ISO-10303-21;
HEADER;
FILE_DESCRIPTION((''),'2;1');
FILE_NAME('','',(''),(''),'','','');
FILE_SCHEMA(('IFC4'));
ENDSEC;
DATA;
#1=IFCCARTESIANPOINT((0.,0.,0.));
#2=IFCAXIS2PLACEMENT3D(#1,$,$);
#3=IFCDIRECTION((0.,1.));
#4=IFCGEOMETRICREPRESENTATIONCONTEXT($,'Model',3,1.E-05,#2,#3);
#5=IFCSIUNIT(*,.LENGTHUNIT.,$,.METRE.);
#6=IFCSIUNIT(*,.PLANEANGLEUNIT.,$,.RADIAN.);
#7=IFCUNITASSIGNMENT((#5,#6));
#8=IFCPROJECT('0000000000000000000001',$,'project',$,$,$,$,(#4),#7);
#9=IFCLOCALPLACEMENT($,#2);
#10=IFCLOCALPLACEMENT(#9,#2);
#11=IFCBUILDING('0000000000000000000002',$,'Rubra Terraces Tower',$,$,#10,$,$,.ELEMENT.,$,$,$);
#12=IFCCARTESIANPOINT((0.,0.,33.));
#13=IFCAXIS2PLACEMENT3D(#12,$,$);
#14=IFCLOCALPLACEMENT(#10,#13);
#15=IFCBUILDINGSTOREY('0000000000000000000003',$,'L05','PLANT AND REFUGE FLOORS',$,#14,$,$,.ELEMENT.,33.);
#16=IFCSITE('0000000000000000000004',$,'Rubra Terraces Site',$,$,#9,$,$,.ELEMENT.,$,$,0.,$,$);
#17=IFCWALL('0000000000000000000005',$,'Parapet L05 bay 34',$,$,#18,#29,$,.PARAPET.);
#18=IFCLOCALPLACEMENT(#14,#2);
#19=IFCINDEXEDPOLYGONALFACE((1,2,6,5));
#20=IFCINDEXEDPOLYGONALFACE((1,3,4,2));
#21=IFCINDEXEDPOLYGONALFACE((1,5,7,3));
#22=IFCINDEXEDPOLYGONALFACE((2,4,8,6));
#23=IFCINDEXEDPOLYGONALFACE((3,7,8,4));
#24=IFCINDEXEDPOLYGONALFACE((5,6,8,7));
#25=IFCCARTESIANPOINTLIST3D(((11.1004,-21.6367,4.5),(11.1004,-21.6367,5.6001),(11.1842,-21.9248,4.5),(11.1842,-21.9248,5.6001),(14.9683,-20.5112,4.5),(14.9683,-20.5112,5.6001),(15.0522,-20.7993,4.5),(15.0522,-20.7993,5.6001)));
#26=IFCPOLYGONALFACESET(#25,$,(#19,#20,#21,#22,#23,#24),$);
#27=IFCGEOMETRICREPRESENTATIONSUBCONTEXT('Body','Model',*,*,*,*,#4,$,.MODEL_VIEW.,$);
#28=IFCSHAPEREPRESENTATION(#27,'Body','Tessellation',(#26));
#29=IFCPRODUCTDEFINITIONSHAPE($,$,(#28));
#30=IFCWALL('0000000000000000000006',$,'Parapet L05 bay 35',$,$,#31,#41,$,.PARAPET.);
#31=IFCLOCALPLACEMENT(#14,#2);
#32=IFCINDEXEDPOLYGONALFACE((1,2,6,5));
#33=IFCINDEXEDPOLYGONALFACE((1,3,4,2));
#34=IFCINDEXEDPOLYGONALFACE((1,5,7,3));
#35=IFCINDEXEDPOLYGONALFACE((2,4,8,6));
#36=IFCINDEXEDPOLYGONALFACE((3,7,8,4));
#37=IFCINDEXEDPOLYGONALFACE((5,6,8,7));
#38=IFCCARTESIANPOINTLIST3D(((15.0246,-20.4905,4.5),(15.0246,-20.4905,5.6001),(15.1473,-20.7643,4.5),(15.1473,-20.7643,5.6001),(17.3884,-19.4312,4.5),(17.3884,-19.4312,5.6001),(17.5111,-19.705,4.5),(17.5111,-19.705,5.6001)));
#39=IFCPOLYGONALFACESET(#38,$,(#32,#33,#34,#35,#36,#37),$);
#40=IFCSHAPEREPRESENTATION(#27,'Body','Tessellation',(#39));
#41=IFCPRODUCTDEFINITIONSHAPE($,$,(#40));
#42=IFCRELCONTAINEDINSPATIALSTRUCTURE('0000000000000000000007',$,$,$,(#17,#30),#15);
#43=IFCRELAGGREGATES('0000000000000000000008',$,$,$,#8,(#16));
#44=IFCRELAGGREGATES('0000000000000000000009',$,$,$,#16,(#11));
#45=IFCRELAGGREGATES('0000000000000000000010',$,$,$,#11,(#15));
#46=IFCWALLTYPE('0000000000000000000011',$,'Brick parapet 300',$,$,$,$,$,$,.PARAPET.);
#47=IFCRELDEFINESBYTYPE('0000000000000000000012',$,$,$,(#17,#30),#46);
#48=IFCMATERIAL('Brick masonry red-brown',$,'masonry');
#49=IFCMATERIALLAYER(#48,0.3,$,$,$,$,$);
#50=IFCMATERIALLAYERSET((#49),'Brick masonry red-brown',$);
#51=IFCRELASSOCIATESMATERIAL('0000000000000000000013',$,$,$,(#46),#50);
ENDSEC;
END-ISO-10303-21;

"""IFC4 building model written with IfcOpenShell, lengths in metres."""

from ifc_helpers import new_model, si_unit, direction, frame, frame_2d, origin, place, context, subcontext, project, spatial, rectangle, extrude, material, layer, layer_set, type_object, element, save


model = new_model("IFC4")

# Units and contexts
model_context = context("Model", 3, precision=1e-05, world=origin(), true_north=direction((0.0, 1.0)))
body_context = subcontext(model_context, "Body", "Model", "MODEL_VIEW")
ifc_project = project(units=[si_unit("LENGTHUNIT", "METRE"), si_unit("PLANEANGLEUNIT", "RADIAN")], contexts=[model_context])

# Site, building, storey
site_placement = place(None, origin())
site = spatial("IfcSite", under=ifc_project, at=site_placement, Name="Rubra Terraces Site", CompositionType="ELEMENT", RefElevation=0.0)
building_placement = place(site_placement, origin())
building = spatial("IfcBuilding", under=site, at=building_placement, Name="Rubra Terraces Tower", CompositionType="ELEMENT")
storey_placement = place(building_placement, frame((0.0, 0.0, 33.0)))
storey = spatial("IfcBuildingStorey", under=building, at=storey_placement, Name="L05", Description="PLANT AND REFUGE FLOORS", CompositionType="ELEMENT", Elevation=33.0)

# Shared definitions
ifc_material_1 = material(Name="Brick masonry red-brown", Category="masonry")

# Walls
ifc_layer_1 = layer(ifc_material_1, 0.3)
ifc_layer_set_1 = layer_set([ifc_layer_1], Name="Brick masonry red-brown")
wall_type_1 = type_object("IfcWallType", Name="Brick parapet 300", PredefinedType="PARAPET", material=ifc_layer_set_1)
wall_1_placement = place(storey_placement, frame((11.1423, -21.7808, 4.5), z_axis=(0.0, 0.0, 1.0), x_axis=(0.960177, 0.279393, 0.0)))
element("IfcWall", 1, at=wall_1_placement, inside=storey, type_object=wall_type_1, Name="Parapet L05 bay 34", PredefinedType="PARAPET", context=body_context, shape_type="SweptSolid", body=[
    extrude(rectangle(XDim=4.0283, YDim=0.3, at=frame_2d((2.0142, 0.0))), origin(), (0.0, 0.0, 1.0), 1.1001),
])
wall_2_placement = place(storey_placement, frame((15.0859, -20.6274, 4.5), z_axis=(0.0, 0.0, 1.0), x_axis=(0.912552, 0.408961, 0.0)))
element("IfcWall", 2, at=wall_2_placement, inside=storey, type_object=wall_type_1, Name="Parapet L05 bay 35", PredefinedType="PARAPET", context=body_context, shape_type="SweptSolid", body=[
    extrude(rectangle(XDim=2.5903, YDim=0.3, at=frame_2d((1.2952, 0.0))), origin(), (0.0, 0.0, 1.0), 1.1001),
])

save(model, "model.ifc")
